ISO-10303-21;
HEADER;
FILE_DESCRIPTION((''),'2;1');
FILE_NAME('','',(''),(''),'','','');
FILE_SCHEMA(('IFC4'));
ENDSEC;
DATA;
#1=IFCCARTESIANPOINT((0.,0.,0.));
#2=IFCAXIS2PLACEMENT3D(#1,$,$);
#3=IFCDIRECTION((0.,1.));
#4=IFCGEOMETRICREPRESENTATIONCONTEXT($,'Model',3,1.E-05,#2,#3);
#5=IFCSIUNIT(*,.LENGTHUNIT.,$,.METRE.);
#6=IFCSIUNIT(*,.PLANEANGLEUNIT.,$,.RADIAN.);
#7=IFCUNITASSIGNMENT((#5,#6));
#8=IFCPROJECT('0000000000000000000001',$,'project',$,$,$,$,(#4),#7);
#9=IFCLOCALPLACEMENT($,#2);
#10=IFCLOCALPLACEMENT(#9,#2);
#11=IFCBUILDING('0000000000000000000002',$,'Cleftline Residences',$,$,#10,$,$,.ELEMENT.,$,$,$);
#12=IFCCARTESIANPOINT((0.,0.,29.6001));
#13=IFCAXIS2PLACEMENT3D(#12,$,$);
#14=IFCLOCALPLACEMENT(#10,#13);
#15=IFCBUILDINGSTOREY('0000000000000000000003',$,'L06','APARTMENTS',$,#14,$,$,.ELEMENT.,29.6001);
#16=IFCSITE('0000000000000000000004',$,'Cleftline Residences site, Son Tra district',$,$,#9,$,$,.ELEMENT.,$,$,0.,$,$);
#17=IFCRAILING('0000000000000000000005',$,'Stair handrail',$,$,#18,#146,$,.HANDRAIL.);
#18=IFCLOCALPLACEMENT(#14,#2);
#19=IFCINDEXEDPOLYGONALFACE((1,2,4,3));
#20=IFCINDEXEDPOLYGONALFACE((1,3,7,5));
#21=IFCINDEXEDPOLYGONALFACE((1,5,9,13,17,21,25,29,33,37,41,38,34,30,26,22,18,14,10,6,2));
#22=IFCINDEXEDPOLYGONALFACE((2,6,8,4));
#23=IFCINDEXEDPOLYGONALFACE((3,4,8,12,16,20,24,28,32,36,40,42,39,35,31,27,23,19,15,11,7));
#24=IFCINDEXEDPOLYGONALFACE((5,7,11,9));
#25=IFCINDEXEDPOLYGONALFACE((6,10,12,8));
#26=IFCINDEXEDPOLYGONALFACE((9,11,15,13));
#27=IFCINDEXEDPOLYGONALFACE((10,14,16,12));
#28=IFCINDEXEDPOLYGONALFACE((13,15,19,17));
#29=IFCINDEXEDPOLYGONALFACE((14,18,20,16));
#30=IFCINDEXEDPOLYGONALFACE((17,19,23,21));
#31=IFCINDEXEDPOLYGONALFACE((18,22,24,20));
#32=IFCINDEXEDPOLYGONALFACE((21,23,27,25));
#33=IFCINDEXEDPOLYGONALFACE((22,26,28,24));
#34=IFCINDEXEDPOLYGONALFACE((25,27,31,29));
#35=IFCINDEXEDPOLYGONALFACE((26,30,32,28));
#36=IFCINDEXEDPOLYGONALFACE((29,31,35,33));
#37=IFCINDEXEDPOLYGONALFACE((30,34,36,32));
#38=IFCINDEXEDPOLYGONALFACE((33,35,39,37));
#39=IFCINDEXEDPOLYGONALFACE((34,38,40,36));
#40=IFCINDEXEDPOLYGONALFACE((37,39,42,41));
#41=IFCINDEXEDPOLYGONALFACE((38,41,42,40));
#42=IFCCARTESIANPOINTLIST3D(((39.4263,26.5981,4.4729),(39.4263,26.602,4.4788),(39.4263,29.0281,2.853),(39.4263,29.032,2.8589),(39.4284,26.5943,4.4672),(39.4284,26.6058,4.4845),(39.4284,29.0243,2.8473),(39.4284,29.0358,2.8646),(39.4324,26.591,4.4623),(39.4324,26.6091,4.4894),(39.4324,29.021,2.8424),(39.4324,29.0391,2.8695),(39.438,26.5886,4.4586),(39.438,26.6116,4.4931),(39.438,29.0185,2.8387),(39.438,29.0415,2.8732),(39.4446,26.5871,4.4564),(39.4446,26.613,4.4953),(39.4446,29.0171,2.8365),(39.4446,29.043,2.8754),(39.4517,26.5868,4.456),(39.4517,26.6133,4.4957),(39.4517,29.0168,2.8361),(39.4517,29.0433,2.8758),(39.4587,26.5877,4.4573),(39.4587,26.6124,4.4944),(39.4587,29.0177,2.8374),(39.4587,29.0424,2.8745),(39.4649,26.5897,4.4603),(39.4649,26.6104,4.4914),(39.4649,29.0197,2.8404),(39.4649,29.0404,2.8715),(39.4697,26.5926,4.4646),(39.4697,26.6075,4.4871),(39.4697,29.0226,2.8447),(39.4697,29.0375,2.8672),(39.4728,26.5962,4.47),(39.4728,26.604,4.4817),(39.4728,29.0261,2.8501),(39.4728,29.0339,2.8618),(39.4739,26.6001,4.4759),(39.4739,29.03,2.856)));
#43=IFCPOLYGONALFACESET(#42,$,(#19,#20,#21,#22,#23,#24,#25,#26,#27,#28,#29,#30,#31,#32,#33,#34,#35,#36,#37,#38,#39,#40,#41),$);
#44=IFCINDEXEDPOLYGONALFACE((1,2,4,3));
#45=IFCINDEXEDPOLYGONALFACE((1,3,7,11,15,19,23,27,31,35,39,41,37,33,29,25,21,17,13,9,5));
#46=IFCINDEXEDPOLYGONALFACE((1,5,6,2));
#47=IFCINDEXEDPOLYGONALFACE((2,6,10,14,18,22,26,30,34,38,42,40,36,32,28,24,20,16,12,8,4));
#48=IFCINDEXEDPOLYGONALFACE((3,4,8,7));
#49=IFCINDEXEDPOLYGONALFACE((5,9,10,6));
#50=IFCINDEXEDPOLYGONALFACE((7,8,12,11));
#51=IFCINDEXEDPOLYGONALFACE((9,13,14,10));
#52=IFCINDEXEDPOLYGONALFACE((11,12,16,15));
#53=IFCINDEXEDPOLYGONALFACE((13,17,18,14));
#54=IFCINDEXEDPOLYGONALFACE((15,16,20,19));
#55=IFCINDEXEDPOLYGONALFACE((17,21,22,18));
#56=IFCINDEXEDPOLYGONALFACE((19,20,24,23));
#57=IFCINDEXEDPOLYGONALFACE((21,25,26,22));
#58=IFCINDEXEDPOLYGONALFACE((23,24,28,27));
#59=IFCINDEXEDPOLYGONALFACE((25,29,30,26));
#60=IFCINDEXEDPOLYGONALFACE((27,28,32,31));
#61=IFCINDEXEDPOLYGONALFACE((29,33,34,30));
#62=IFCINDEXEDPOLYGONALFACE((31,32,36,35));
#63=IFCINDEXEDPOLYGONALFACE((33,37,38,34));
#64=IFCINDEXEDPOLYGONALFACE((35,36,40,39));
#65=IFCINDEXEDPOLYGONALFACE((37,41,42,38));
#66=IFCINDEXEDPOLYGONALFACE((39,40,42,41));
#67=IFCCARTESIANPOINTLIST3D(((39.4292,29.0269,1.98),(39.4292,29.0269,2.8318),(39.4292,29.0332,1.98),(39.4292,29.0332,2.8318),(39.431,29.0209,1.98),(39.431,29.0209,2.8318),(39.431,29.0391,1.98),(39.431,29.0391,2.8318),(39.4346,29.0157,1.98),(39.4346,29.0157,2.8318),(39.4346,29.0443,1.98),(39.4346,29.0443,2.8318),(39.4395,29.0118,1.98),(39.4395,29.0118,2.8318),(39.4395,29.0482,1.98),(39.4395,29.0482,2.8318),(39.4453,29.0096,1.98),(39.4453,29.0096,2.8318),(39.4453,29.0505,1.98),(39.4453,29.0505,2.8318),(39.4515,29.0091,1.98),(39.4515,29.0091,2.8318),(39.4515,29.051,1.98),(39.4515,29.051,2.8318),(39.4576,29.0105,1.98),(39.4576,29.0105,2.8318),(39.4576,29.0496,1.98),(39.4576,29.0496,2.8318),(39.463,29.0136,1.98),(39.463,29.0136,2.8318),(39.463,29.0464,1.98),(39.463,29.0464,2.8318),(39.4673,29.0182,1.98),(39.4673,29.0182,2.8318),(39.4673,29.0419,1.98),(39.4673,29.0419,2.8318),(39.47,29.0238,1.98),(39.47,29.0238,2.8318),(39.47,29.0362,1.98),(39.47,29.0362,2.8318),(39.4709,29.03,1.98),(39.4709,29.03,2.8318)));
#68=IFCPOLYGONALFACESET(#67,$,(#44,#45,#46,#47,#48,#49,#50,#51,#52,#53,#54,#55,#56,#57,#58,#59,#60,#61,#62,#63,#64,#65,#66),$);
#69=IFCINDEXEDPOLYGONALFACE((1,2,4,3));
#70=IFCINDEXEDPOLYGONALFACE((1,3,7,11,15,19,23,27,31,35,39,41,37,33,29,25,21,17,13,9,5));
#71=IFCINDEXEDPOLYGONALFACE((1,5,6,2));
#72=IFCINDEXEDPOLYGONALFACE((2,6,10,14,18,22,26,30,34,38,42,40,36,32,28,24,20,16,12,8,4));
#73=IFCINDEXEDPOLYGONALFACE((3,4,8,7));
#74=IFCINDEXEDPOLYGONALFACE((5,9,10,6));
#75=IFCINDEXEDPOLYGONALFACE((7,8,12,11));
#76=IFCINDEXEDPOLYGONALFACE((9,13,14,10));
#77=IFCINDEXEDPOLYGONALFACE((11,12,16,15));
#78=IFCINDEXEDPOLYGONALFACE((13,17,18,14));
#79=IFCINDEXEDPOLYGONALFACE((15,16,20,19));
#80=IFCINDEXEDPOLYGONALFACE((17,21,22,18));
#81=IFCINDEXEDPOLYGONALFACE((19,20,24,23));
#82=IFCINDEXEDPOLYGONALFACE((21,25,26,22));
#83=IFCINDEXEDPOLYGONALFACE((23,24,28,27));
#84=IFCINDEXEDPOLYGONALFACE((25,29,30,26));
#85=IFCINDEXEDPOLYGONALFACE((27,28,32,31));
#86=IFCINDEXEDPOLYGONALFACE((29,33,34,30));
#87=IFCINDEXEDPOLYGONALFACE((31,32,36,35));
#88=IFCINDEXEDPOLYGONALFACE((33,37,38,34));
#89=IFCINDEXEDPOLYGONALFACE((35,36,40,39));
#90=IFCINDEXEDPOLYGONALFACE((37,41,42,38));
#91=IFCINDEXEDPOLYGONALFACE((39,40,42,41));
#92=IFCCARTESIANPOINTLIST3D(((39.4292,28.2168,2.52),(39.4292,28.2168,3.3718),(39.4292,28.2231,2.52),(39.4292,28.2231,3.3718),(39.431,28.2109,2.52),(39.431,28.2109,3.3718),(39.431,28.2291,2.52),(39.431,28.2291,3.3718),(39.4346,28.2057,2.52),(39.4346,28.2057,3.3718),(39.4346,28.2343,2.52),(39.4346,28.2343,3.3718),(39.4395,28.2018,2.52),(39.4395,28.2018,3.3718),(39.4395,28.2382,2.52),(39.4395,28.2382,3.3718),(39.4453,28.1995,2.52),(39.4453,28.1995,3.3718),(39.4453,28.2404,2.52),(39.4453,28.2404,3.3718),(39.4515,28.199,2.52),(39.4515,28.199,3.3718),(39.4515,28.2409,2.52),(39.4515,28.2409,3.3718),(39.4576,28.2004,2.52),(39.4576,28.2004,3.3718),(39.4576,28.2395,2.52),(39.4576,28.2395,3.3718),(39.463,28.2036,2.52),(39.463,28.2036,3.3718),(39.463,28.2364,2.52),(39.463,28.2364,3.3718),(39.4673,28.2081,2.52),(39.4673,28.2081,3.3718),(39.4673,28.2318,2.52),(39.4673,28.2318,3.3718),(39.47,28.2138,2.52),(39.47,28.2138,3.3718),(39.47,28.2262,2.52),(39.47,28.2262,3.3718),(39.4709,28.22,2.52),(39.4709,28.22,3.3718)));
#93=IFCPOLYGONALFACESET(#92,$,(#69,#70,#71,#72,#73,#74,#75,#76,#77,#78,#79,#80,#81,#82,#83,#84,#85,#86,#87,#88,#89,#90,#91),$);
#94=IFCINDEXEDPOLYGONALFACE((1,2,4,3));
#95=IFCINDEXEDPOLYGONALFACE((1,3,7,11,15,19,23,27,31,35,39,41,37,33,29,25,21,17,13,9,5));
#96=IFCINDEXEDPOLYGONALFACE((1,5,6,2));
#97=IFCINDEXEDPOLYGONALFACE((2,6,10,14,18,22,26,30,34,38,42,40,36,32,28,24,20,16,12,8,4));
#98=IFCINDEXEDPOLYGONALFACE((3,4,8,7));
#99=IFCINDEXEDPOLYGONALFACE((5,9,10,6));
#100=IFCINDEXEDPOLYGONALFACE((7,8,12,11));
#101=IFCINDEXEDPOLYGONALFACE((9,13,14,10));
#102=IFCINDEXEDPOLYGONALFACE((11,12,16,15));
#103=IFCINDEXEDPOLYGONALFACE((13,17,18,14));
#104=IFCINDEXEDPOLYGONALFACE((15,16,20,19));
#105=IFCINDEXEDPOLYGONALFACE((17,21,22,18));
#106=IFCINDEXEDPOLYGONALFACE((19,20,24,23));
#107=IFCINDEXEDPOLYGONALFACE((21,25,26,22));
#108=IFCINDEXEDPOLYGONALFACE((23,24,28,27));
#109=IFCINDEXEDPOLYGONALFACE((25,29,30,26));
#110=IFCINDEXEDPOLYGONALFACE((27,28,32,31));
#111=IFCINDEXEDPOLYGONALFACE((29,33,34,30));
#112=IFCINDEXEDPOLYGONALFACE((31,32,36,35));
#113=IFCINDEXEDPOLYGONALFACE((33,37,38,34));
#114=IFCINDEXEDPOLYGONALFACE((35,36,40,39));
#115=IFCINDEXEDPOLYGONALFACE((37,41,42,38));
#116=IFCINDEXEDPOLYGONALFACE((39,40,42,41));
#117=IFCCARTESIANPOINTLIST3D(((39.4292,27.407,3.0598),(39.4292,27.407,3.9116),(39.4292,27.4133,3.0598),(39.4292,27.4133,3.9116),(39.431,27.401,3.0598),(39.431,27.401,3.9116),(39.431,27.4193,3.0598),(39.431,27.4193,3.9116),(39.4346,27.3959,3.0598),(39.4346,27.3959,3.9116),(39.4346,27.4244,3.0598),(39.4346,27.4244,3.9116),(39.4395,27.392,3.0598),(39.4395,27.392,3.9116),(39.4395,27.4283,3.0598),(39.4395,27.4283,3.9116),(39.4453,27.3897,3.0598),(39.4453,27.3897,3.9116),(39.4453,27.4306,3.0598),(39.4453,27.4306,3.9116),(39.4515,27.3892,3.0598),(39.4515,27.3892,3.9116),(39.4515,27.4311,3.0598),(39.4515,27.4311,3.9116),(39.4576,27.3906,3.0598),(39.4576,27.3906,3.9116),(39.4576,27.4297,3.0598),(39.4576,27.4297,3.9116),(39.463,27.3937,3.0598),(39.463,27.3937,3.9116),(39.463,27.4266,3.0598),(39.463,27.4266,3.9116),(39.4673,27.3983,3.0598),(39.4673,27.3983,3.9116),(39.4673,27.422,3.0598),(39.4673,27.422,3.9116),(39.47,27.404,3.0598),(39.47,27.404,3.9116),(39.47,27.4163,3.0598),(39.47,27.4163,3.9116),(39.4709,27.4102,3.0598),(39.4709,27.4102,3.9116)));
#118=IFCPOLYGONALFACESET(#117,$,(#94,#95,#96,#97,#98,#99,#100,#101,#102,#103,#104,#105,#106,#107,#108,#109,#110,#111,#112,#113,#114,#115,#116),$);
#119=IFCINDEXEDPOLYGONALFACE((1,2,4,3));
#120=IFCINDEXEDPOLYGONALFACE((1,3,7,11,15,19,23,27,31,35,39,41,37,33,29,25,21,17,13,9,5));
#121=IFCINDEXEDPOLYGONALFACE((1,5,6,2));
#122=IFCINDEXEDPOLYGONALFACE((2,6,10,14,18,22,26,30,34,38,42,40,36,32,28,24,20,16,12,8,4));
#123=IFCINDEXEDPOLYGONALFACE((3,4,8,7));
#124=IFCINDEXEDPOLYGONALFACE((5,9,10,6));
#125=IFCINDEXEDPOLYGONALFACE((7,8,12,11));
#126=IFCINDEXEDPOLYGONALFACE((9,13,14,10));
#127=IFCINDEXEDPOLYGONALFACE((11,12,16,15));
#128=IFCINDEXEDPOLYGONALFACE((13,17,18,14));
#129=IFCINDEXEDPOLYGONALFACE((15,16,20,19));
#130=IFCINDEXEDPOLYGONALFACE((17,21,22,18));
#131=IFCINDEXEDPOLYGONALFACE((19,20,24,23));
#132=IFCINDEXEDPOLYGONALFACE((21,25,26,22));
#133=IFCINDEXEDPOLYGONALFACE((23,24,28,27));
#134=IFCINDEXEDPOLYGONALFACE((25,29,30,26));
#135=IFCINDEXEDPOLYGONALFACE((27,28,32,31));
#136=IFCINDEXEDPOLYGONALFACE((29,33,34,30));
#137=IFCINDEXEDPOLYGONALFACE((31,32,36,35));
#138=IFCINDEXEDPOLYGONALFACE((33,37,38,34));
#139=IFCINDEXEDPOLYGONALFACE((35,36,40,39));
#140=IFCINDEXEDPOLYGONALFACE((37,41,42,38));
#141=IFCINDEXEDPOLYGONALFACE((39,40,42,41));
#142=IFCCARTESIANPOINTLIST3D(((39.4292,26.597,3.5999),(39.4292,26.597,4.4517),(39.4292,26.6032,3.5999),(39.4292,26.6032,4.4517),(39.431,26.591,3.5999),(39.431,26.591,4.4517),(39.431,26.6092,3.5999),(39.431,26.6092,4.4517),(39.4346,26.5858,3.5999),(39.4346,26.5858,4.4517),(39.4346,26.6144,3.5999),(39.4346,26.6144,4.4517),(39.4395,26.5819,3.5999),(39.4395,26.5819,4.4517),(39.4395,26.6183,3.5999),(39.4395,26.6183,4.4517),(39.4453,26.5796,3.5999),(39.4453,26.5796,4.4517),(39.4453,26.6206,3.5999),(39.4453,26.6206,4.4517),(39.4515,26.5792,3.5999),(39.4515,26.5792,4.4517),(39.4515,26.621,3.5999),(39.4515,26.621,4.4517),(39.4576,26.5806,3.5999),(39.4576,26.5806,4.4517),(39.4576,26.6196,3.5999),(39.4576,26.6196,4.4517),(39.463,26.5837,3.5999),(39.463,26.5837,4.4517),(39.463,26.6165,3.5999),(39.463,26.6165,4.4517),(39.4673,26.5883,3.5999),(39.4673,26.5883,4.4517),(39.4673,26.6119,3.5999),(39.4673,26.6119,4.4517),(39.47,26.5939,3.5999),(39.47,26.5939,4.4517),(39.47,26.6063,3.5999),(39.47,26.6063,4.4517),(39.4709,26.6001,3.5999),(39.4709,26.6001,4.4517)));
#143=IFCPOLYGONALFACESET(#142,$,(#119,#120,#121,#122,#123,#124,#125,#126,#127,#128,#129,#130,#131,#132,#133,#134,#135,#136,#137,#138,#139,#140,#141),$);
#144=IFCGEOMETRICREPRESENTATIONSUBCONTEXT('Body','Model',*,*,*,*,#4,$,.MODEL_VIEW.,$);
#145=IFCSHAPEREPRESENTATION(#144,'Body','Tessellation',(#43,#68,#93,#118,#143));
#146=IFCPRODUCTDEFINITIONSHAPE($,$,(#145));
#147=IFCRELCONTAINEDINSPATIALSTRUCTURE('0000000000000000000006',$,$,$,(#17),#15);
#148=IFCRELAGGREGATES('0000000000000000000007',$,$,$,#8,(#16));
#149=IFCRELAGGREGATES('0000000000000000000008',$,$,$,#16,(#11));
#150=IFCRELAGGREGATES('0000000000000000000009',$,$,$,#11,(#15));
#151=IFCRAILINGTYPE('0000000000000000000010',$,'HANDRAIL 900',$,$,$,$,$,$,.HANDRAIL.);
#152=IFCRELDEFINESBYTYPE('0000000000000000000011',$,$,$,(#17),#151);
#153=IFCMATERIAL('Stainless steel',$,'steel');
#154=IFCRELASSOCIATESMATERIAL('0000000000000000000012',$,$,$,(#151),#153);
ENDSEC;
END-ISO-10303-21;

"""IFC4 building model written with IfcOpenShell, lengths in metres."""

from ifc_helpers import new_model, si_unit, direction, frame, origin, origin_2d, place, context, subcontext, project, spatial, circle, extrude, material, type_object, element, save


model = new_model("IFC4")

# Units and contexts
model_context = context("Model", 3, precision=1e-05, world=origin(), true_north=direction((0.0, 1.0)))
body_context = subcontext(model_context, "Body", "Model", "MODEL_VIEW")
ifc_project = project(units=[si_unit("LENGTHUNIT", "METRE"), si_unit("PLANEANGLEUNIT", "RADIAN")], contexts=[model_context])

# Site, building, storey
site_placement = place(None, origin())
site = spatial("IfcSite", under=ifc_project, at=site_placement, Name="Cleftline Residences site, Son Tra district", CompositionType="ELEMENT", RefElevation=0.0)
building_placement = place(site_placement, origin())
building = spatial("IfcBuilding", under=site, at=building_placement, Name="Cleftline Residences", CompositionType="ELEMENT")
storey_placement = place(building_placement, frame((0.0, 0.0, 29.6001)))
storey = spatial("IfcBuildingStorey", under=building, at=storey_placement, Name="L06", Description="APARTMENTS", CompositionType="ELEMENT", Elevation=29.6001)

# Railing
ifc_material_1 = material(Name="Stainless steel", Category="steel")
railing_type = type_object("IfcRailingType", Name="HANDRAIL 900", PredefinedType="HANDRAIL", material=ifc_material_1)
railing_1_placement = place(storey_placement, frame((39.45, 29.03, 1.98)))
element("IfcRailing", 1, at=railing_1_placement, inside=storey, type_object=railing_type, Name="Stair handrail", PredefinedType="HANDRAIL", context=body_context, shape_type="SweptSolid", body=[
    extrude(circle(Radius=0.0239, at=origin_2d()), frame((0.0, 0.0, 0.876), z_axis=(0.0, -0.832063, 0.554681), x_axis=(1.0, 0.0, 0.0)), (0.0, 0.0, 1.0), 2.9204),
    extrude(circle(Radius=0.021, at=origin_2d()), origin(), (0.0, 0.0, 1.0), 0.8518),
    extrude(circle(Radius=0.021, at=origin_2d()), frame((0.0, -0.8101, 0.54)), (0.0, 0.0, 1.0), 0.8518),
    extrude(circle(Radius=0.021, at=origin_2d()), frame((0.0, -1.6199, 1.0798)), (0.0, 0.0, 1.0), 0.8518),
    extrude(circle(Radius=0.021, at=origin_2d()), frame((0.0, -2.4299, 1.6199)), (0.0, 0.0, 1.0), 0.8518),
])

save(model, "model.ifc")
